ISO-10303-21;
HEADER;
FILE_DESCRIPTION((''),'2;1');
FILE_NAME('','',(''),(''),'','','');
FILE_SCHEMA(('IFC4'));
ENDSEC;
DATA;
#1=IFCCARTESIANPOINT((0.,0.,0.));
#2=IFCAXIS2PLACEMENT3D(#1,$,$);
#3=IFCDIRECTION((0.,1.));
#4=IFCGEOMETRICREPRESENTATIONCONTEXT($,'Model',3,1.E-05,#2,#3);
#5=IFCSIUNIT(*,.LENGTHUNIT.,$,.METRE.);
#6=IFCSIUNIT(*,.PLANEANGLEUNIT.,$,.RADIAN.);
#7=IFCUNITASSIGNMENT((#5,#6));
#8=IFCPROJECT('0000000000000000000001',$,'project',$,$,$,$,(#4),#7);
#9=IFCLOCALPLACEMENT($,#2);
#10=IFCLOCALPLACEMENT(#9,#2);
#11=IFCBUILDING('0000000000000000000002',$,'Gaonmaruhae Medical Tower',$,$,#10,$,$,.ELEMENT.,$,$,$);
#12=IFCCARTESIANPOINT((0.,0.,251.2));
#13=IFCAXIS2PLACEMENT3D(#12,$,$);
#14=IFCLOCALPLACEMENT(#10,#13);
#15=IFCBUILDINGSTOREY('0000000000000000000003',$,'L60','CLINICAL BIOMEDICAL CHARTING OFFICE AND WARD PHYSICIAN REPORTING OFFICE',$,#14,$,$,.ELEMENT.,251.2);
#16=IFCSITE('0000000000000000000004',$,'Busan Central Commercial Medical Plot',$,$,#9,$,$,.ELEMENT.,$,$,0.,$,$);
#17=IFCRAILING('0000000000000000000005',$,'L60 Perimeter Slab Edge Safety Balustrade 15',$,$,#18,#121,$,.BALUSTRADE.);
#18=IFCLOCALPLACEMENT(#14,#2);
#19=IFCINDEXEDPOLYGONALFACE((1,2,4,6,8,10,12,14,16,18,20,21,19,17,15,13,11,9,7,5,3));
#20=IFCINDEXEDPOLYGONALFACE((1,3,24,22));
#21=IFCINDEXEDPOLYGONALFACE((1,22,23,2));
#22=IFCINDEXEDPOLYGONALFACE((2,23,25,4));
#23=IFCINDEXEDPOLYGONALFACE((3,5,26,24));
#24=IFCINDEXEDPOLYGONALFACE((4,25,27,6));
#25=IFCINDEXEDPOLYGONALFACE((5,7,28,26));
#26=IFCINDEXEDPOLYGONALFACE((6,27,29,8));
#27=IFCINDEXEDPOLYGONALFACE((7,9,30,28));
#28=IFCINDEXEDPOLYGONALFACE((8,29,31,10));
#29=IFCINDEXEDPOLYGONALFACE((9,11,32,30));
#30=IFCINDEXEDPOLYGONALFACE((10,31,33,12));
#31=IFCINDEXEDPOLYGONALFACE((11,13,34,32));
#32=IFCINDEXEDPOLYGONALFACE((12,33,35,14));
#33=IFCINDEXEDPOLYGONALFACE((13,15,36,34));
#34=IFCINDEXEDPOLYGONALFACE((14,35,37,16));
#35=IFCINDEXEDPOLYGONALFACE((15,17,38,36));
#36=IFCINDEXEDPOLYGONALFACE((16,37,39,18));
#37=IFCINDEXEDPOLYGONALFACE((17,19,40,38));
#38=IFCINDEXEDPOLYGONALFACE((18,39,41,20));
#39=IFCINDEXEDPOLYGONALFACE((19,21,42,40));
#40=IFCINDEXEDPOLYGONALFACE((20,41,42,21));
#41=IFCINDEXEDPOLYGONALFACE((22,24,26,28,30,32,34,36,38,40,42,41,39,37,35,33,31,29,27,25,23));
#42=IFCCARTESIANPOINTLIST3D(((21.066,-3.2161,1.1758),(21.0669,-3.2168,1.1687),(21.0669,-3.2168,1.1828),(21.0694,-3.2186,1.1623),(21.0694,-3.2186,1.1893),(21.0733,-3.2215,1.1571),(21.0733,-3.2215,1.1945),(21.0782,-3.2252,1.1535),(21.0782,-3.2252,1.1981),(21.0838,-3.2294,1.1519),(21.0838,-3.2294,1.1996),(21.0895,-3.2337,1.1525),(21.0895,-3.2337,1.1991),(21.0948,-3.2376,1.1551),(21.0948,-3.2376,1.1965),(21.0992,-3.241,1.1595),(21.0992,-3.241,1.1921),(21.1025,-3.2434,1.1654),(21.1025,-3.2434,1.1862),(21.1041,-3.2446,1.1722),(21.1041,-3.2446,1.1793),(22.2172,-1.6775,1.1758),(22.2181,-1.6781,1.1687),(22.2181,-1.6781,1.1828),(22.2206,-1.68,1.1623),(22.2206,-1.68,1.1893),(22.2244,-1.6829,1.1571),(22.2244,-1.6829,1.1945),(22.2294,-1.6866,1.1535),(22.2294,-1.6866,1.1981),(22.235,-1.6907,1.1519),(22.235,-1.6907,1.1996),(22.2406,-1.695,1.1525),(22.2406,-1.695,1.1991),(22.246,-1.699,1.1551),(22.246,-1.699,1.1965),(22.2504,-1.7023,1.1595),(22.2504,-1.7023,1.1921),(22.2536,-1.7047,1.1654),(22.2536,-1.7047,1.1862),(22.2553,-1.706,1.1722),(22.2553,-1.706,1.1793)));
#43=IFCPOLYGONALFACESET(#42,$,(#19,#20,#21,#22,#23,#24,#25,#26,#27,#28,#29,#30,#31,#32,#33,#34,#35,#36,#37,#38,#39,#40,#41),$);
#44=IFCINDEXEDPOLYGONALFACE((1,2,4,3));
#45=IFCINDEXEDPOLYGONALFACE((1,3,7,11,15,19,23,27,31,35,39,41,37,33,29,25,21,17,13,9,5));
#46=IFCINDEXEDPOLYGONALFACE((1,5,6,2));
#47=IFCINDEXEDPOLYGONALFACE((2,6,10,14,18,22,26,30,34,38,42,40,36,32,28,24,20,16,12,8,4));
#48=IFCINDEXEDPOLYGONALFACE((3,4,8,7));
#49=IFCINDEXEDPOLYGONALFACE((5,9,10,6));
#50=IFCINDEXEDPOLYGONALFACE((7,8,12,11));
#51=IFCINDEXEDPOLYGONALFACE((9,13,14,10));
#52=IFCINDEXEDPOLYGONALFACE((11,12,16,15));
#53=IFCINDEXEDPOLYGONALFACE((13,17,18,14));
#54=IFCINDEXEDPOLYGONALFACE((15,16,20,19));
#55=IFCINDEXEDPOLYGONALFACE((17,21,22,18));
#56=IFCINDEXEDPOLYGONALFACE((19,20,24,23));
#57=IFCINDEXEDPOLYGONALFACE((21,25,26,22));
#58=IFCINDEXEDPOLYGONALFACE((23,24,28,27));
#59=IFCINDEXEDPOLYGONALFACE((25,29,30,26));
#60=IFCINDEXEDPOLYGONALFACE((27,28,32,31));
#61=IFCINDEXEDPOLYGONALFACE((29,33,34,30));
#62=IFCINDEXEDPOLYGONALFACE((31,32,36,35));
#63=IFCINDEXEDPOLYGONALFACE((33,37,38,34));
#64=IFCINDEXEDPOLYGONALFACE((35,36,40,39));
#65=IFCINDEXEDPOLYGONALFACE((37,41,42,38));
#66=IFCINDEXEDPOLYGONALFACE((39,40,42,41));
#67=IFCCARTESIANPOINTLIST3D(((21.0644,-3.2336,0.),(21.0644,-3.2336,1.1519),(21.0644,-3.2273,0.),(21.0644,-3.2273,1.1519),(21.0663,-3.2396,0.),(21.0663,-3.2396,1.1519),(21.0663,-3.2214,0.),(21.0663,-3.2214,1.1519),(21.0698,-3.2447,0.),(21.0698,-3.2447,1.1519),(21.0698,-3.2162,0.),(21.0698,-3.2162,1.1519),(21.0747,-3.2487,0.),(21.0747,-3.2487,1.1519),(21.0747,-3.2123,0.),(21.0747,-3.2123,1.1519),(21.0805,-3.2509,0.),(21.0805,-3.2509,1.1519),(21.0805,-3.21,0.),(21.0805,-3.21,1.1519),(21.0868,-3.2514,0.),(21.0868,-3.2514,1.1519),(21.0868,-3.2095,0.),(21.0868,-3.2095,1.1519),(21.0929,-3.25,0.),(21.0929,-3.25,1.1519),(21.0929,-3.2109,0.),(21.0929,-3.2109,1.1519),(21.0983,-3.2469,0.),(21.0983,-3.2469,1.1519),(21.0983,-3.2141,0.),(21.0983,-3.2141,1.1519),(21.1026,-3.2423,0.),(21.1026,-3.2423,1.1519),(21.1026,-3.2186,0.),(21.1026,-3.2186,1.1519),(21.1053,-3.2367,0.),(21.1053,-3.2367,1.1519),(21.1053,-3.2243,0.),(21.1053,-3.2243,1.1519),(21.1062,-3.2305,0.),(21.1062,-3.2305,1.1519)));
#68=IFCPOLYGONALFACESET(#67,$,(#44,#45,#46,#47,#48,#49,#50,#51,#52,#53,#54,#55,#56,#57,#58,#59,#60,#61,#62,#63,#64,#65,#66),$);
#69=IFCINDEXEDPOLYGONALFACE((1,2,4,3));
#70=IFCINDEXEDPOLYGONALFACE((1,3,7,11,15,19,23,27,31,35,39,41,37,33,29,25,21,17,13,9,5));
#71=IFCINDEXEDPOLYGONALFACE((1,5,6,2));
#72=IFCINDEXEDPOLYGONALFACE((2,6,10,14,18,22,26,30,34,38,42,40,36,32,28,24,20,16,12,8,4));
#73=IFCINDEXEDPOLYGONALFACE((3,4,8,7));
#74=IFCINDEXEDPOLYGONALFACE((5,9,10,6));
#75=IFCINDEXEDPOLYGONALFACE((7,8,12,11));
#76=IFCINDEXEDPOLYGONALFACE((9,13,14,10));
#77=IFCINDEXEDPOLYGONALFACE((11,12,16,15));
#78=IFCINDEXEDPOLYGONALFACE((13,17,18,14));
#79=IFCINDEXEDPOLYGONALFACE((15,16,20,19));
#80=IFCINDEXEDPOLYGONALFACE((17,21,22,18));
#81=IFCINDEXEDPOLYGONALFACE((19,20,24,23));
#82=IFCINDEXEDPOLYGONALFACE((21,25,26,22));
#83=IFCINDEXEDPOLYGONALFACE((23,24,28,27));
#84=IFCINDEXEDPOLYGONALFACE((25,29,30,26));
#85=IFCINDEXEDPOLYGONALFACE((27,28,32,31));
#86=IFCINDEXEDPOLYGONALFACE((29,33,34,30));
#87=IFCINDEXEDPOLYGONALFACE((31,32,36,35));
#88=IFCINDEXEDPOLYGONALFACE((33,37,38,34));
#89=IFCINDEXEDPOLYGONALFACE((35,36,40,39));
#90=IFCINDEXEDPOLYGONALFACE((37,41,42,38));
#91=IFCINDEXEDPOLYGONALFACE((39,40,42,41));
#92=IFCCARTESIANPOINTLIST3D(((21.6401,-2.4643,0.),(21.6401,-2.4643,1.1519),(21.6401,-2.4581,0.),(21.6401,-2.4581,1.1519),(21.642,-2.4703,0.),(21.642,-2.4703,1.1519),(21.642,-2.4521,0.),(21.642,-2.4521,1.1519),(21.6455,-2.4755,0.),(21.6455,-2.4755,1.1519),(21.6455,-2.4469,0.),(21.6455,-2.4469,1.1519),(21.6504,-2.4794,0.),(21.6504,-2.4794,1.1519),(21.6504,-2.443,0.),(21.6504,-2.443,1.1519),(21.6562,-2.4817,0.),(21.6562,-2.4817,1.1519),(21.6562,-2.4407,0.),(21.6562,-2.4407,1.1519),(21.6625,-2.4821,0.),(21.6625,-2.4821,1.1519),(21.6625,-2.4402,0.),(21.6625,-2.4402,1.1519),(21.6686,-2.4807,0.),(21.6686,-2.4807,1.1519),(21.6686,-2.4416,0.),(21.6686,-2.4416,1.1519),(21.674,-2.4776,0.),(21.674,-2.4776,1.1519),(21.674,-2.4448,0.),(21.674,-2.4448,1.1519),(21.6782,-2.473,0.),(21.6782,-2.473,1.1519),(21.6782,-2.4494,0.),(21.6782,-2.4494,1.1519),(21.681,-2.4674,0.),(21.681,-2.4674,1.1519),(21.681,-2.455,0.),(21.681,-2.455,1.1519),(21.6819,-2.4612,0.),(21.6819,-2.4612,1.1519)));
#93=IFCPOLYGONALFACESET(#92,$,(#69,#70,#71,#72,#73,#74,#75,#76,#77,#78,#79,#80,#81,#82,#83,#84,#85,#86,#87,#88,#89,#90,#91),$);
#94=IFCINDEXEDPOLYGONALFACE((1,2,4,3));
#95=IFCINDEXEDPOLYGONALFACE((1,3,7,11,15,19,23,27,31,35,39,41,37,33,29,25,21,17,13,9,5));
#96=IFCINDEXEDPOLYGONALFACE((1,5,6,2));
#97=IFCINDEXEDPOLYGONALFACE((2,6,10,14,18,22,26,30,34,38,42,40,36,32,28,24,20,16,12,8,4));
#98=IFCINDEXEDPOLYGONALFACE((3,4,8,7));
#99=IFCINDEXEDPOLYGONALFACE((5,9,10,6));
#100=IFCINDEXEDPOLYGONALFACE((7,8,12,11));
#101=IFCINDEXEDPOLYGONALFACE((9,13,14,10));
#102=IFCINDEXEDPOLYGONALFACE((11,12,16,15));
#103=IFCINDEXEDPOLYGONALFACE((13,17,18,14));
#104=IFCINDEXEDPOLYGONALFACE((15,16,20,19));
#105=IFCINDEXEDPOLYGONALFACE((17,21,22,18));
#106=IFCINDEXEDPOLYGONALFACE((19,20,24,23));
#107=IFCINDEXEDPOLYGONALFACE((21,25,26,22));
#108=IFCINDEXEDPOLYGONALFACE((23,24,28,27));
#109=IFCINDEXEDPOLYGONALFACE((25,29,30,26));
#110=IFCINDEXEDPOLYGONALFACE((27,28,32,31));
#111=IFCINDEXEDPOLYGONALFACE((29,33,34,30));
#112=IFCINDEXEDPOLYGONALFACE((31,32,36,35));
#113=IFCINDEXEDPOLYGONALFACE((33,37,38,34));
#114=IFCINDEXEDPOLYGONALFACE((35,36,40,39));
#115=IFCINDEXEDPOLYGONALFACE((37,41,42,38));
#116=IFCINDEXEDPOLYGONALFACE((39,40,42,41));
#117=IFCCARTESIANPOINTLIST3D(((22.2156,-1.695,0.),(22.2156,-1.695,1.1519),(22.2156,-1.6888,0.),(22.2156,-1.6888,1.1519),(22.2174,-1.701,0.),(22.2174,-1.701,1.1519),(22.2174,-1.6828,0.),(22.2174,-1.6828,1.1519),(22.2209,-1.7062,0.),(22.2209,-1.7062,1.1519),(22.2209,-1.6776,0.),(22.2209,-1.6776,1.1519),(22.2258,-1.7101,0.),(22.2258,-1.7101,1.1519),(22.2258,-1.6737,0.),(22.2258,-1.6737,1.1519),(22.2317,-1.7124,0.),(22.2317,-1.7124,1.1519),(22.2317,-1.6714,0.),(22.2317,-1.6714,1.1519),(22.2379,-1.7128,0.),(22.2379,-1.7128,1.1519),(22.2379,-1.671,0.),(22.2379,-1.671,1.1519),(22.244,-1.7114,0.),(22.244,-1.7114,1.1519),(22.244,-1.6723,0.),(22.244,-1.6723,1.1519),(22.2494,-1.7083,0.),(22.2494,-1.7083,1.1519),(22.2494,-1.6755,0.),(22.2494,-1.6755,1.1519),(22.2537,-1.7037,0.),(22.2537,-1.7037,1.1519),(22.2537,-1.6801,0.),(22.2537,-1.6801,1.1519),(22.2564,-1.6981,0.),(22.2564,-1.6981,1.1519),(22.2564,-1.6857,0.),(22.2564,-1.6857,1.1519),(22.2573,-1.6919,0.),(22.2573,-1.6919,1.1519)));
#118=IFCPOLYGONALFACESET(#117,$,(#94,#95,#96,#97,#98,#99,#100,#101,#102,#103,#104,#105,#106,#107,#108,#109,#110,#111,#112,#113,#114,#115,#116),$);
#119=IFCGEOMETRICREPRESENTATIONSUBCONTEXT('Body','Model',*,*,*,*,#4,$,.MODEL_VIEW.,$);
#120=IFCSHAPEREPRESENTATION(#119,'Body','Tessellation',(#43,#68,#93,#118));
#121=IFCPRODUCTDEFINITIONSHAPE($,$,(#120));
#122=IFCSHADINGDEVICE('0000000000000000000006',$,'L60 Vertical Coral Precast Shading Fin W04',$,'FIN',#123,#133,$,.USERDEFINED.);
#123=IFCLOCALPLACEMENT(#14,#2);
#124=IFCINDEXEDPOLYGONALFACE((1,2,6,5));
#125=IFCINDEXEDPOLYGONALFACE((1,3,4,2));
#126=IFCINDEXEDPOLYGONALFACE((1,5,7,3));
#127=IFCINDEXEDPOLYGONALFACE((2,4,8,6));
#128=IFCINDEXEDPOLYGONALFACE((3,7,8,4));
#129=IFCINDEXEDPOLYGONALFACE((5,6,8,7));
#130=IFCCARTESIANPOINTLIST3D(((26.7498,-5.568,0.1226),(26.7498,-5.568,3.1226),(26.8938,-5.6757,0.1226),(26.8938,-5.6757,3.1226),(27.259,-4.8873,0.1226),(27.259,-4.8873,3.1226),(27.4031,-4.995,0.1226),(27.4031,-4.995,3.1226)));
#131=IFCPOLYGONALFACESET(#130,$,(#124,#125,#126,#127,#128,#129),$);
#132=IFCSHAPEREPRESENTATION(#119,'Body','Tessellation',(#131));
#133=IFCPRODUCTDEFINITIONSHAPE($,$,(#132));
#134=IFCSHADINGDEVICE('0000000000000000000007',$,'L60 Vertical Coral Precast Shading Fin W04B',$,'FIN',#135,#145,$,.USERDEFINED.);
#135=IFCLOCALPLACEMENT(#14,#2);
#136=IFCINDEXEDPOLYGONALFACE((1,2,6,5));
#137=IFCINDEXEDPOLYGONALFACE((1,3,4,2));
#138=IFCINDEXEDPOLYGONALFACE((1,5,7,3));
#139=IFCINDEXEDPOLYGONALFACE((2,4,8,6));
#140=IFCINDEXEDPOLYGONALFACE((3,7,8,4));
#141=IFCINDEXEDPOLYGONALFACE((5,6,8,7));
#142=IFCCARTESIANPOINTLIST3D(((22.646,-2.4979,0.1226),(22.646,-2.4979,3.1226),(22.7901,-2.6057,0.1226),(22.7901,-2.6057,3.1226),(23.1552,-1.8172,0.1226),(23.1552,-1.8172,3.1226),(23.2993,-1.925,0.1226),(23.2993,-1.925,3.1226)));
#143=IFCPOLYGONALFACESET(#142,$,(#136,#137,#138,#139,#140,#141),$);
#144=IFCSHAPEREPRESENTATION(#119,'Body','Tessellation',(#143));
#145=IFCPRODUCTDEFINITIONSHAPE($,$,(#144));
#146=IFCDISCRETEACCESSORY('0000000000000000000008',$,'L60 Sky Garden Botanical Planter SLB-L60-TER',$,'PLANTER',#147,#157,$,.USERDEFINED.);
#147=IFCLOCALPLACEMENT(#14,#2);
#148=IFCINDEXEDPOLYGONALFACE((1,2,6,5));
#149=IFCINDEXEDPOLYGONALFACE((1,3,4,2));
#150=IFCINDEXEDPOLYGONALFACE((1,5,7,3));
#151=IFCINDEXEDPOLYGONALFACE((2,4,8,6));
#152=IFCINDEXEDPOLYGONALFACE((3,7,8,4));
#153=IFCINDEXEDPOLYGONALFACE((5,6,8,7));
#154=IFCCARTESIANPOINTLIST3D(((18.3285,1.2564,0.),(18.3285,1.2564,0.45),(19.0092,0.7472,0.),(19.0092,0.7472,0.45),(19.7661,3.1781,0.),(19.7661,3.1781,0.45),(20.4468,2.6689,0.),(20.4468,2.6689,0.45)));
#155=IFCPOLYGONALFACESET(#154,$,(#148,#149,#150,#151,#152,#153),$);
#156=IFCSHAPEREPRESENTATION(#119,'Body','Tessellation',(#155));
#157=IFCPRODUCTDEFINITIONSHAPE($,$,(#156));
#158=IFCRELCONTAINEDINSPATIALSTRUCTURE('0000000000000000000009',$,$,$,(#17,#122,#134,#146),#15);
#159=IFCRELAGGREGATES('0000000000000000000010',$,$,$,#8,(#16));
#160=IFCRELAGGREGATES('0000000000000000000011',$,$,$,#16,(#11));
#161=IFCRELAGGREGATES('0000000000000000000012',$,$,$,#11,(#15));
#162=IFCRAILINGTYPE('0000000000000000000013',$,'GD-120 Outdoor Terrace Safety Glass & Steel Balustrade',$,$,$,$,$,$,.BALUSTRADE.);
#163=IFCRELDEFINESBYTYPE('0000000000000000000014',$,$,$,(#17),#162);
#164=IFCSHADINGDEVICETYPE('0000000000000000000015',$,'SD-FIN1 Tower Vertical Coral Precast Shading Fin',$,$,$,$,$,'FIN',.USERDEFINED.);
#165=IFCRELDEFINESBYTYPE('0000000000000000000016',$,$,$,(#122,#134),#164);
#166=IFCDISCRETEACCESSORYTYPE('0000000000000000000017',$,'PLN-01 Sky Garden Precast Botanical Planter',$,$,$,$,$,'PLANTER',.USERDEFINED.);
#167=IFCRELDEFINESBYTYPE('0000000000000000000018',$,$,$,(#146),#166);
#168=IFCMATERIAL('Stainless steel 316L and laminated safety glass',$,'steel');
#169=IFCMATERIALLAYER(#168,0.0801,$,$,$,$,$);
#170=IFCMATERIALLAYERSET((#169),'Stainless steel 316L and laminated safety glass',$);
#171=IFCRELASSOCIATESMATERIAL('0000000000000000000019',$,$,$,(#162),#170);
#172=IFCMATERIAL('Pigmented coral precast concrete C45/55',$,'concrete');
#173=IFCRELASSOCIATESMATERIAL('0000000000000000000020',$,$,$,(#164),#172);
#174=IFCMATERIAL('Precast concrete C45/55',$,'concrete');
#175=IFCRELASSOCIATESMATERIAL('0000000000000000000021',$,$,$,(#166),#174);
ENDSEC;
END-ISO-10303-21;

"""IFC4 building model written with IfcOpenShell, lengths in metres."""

from ifc_helpers import new_model, si_unit, direction, frame, origin, origin_2d, place, context, subcontext, project, spatial, rectangle, circle, extrude, material, layer, layer_set, type_object, element, save


model = new_model("IFC4")

# Units and contexts
model_context = context("Model", 3, precision=1e-05, world=origin(), true_north=direction((0.0, 1.0)))
body_context = subcontext(model_context, "Body", "Model", "MODEL_VIEW")
ifc_project = project(units=[si_unit("LENGTHUNIT", "METRE"), si_unit("PLANEANGLEUNIT", "RADIAN")], contexts=[model_context])

# Site, building, storey
site_placement = place(None, origin())
site = spatial("IfcSite", under=ifc_project, at=site_placement, Name="Busan Central Commercial Medical Plot", CompositionType="ELEMENT", RefElevation=0.0)
building_placement = place(site_placement, origin())
building = spatial("IfcBuilding", under=site, at=building_placement, Name="Gaonmaruhae Medical Tower", CompositionType="ELEMENT")
storey_placement = place(building_placement, frame((0.0, 0.0, 251.2)))
storey = spatial("IfcBuildingStorey", under=building, at=storey_placement, Name="L60", Description="CLINICAL BIOMEDICAL CHARTING OFFICE AND WARD PHYSICIAN REPORTING OFFICE", CompositionType="ELEMENT", Elevation=251.2)

# Shared definitions
ifc_material_1 = material(Name="Precast concrete C45/55", Category="concrete")

# Railing
ifc_material_2 = material(Name="Stainless steel 316L and laminated safety glass", Category="steel")
ifc_layer_1 = layer(ifc_material_2, 0.0801)
ifc_layer_set_1 = layer_set([ifc_layer_1], Name="Stainless steel 316L and laminated safety glass")
railing_type = type_object("IfcRailingType", Name="GD-120 Outdoor Terrace Safety Glass & Steel Balustrade", PredefinedType="BALUSTRADE", material=ifc_layer_set_1)
railing_1_placement = place(storey_placement, frame((21.0852, -3.2305, 0.0)))
element("IfcRailing", 1, at=railing_1_placement, inside=storey, type_object=railing_type, Name="L60 Perimeter Slab Edge Safety Balustrade 15", PredefinedType="BALUSTRADE", context=body_context, shape_type="SweptSolid", body=[
    extrude(circle(Radius=0.0239, at=origin_2d()), frame((0.0, 0.0, 1.1758), z_axis=(0.599064, 0.800701, 0.0), x_axis=(-0.800701, 0.599064, 0.0)), (0.0, 0.0, 1.0), 1.9216),
    extrude(circle(Radius=0.021, at=origin_2d()), origin(), (0.0, 0.0, 1.0), 1.1519),
    extrude(circle(Radius=0.021, at=origin_2d()), frame((0.5757, 0.7693, 0.0)), (0.0, 0.0, 1.0), 1.1519),
    extrude(circle(Radius=0.021, at=origin_2d()), frame((1.1511, 1.5386, 0.0)), (0.0, 0.0, 1.0), 1.1519),
])

# Shading devices
ifc_material_3 = material(Name="Pigmented coral precast concrete C45/55", Category="concrete")
shading_device_type = type_object("IfcShadingDeviceType", Name="SD-FIN1 Tower Vertical Coral Precast Shading Fin", ElementType="FIN", PredefinedType="USERDEFINED", material=ifc_material_3)
for number, where, z_axis, x_axis, name in (
    (2, (27.0764, -5.2815, 0.1226), (0.0, 0.0, 1.0), (-0.800731, 0.599024, 0.0), "L60 Vertical Coral Precast Shading Fin W04"),
    (3, (22.9727, -2.2114, 0.1226), (0.0, 0.0, 1.0), (-0.800731, 0.599024, 0.0), "L60 Vertical Coral Precast Shading Fin W04B"),
):
    element("IfcShadingDevice", number, at=place(storey_placement, frame(where, z_axis=z_axis, x_axis=x_axis)), inside=storey, type_object=shading_device_type, Name=name, ObjectType="FIN", PredefinedType="USERDEFINED", context=body_context, shape_type="SweptSolid", body=[
        extrude(rectangle(XDim=0.1799, YDim=0.8501, at=origin_2d()), origin(), (0.0, 0.0, 1.0), 3.0),
    ])

# Discrete accessory
discrete_accessory_type = type_object("IfcDiscreteAccessoryType", Name="PLN-01 Sky Garden Precast Botanical Planter", ElementType="PLANTER", PredefinedType="USERDEFINED", material=ifc_material_1)
discrete_accessory_placement = place(storey_placement, frame((19.3877, 1.9626, 0.0), z_axis=(0.0, 0.0, 1.0), x_axis=(0.599024, 0.800731, 0.0)))
element("IfcDiscreteAccessory", 4, at=discrete_accessory_placement, inside=storey, type_object=discrete_accessory_type, Name="L60 Sky Garden Botanical Planter SLB-L60-TER", ObjectType="PLANTER", PredefinedType="USERDEFINED", context=body_context, shape_type="SweptSolid", body=[
    extrude(rectangle(XDim=2.3999, YDim=0.8501, at=origin_2d()), origin(), (0.0, 0.0, 1.0), 0.45),
])

save(model, "model.ifc")
